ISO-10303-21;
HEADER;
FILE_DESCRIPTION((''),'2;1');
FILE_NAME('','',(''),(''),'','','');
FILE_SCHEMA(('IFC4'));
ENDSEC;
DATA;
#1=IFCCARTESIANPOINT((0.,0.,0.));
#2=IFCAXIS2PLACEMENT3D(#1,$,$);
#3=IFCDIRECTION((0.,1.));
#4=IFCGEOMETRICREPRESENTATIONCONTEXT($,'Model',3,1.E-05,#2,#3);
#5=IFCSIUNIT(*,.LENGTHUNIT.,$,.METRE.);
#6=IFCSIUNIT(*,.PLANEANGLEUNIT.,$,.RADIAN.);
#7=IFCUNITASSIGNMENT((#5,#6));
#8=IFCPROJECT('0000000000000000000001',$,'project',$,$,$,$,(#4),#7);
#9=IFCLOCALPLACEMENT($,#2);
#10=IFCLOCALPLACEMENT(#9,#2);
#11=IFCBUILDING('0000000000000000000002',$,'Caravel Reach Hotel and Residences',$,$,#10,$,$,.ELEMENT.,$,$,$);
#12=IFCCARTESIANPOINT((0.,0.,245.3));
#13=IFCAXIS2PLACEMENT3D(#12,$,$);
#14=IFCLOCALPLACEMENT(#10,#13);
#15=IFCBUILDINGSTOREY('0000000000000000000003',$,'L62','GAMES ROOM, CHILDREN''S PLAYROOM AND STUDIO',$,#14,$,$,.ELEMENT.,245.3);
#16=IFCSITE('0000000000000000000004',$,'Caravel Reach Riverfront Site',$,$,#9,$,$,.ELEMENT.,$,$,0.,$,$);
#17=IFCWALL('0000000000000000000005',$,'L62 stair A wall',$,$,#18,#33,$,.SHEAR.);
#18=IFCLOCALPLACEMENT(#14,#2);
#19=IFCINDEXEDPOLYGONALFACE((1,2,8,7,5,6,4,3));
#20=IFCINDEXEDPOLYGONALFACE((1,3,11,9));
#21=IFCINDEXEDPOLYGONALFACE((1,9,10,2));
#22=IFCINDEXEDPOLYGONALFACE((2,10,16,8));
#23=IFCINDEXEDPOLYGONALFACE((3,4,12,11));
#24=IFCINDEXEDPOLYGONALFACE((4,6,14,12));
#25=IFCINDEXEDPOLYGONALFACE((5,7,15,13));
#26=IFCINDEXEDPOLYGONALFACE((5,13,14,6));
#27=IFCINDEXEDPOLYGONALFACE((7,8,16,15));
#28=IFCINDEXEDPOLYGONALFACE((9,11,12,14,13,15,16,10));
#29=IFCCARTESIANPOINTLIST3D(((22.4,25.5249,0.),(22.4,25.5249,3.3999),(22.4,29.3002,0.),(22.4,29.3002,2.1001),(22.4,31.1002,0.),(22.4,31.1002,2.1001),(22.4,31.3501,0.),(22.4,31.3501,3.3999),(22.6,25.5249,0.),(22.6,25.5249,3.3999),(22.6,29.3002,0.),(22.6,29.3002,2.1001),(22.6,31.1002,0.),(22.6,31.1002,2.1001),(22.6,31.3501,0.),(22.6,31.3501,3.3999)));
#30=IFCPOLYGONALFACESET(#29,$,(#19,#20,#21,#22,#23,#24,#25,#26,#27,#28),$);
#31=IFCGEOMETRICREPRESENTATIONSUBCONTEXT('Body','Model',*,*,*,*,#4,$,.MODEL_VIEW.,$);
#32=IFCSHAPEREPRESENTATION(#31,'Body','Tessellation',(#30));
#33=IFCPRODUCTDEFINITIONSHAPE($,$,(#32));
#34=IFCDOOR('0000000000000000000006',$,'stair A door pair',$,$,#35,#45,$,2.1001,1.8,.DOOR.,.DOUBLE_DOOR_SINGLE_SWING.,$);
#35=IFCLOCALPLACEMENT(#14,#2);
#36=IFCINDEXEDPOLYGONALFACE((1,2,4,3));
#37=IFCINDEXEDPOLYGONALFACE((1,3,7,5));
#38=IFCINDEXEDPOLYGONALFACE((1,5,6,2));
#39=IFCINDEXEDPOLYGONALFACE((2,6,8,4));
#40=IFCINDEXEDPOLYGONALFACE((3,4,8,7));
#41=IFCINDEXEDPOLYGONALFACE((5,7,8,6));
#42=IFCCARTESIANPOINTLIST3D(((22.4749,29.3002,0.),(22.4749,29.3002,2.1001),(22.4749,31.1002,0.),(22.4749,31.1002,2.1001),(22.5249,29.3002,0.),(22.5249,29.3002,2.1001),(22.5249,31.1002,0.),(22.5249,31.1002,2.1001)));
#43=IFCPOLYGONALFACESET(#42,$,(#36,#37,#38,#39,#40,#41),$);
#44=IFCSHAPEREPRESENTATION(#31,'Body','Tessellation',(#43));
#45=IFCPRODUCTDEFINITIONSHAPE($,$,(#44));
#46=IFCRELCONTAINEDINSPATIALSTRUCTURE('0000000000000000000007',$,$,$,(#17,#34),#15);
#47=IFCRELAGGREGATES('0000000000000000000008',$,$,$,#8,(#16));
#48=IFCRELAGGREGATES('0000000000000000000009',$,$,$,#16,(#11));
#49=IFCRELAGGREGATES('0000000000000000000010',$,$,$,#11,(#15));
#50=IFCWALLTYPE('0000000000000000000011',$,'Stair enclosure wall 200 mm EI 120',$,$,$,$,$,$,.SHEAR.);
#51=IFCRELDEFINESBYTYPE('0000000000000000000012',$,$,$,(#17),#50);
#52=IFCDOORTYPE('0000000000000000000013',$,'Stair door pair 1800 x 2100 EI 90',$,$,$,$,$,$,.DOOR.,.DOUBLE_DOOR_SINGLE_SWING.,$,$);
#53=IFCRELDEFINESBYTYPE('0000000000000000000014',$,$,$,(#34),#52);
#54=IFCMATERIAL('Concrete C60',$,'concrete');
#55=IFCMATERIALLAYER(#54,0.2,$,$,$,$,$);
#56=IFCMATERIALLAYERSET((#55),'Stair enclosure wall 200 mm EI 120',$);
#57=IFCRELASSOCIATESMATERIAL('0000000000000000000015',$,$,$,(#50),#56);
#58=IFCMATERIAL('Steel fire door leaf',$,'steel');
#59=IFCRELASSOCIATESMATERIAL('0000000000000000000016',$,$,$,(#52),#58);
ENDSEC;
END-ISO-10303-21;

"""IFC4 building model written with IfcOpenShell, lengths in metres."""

from ifc_helpers import new_model, si_unit, direction, frame, frame_2d, origin, place, context, subcontext, project, spatial, rectangle, extrude, material, layer, layer_set, type_object, element, fill, save


model = new_model("IFC4")

# Units and contexts
model_context = context("Model", 3, precision=1e-05, world=origin(), true_north=direction((0.0, 1.0)))
body_context = subcontext(model_context, "Body", "Model", "MODEL_VIEW")
ifc_project = project(units=[si_unit("LENGTHUNIT", "METRE"), si_unit("PLANEANGLEUNIT", "RADIAN")], contexts=[model_context])

# Site, building, storey
site_placement = place(None, origin())
site = spatial("IfcSite", under=ifc_project, at=site_placement, Name="Caravel Reach Riverfront Site", CompositionType="ELEMENT", RefElevation=0.0)
building_placement = place(site_placement, origin())
building = spatial("IfcBuilding", under=site, at=building_placement, Name="Caravel Reach Hotel and Residences", CompositionType="ELEMENT")
storey_placement = place(building_placement, frame((0.0, 0.0, 245.3)))
storey = spatial("IfcBuildingStorey", under=building, at=storey_placement, Name="L62", Description="GAMES ROOM, CHILDREN'S PLAYROOM AND STUDIO", CompositionType="ELEMENT", Elevation=245.3)

# Wall, opening, door
ifc_material_1 = material(Name="Concrete C60", Category="concrete")
ifc_layer_1 = layer(ifc_material_1, 0.2)
ifc_layer_set_1 = layer_set([ifc_layer_1], Name="Stair enclosure wall 200 mm EI 120")
wall_type_1 = type_object("IfcWallType", Name="Stair enclosure wall 200 mm EI 120", PredefinedType="SHEAR", material=ifc_layer_set_1)
wall_1_placement = place(storey_placement, frame((22.5, 31.3501, 0.0), z_axis=(0.0, 0.0, 1.0), x_axis=(0.0, -1.0, 0.0)))
wall_1 = element("IfcWall", 1, at=wall_1_placement, inside=storey, type_object=wall_type_1, Name="L62 stair A wall", PredefinedType="SHEAR", context=body_context, shape_type="SweptSolid", body=[
    extrude(rectangle(XDim=5.8252, YDim=0.2, at=frame_2d((2.9126, 0.0))), origin(), (0.0, 0.0, 1.0), 3.3999),
])
opening_1_placement = place(wall_1_placement, frame((0.25, 0.0, 0.0)))
opening_1 = element("IfcOpeningElement", 2, at=opening_1_placement, cuts=wall_1, PredefinedType="OPENING", context=body_context, shape_type="SweptSolid", body=[
    extrude(rectangle(XDim=1.8, YDim=2.1001, at=frame_2d((0.8999, 1.05))), frame((0.0, 0.1099, 0.0), z_axis=(0.0, -1.0, 0.0), x_axis=(1.0, 0.0, 0.0)), (0.0, 0.0, 1.0), 0.22),
])
ifc_material_2 = material(Name="Steel fire door leaf", Category="steel")
door_type_1 = type_object("IfcDoorType", Name="Stair door pair 1800 x 2100 EI 90", OperationType="DOUBLE_DOOR_SINGLE_SWING", PredefinedType="DOOR", material=ifc_material_2)
door_1_placement = place(opening_1_placement, origin())
door_1 = element("IfcDoor", 3, at=door_1_placement, inside=storey, type_object=door_type_1, Name="stair A door pair", OperationType="DOUBLE_DOOR_SINGLE_SWING", OverallHeight=2.1001, OverallWidth=1.8, PredefinedType="DOOR", context=body_context, shape_type="SweptSolid", body=[
    extrude(rectangle(XDim=1.8, YDim=2.1001, at=frame_2d((0.8999, 1.05))), frame((0.0, 0.0249, 0.0), z_axis=(0.0, -1.0, 0.0), x_axis=(1.0, 0.0, 0.0)), (0.0, 0.0, 1.0), 0.05),
])
fill(opening_1, door_1)

save(model, "model.ifc")
